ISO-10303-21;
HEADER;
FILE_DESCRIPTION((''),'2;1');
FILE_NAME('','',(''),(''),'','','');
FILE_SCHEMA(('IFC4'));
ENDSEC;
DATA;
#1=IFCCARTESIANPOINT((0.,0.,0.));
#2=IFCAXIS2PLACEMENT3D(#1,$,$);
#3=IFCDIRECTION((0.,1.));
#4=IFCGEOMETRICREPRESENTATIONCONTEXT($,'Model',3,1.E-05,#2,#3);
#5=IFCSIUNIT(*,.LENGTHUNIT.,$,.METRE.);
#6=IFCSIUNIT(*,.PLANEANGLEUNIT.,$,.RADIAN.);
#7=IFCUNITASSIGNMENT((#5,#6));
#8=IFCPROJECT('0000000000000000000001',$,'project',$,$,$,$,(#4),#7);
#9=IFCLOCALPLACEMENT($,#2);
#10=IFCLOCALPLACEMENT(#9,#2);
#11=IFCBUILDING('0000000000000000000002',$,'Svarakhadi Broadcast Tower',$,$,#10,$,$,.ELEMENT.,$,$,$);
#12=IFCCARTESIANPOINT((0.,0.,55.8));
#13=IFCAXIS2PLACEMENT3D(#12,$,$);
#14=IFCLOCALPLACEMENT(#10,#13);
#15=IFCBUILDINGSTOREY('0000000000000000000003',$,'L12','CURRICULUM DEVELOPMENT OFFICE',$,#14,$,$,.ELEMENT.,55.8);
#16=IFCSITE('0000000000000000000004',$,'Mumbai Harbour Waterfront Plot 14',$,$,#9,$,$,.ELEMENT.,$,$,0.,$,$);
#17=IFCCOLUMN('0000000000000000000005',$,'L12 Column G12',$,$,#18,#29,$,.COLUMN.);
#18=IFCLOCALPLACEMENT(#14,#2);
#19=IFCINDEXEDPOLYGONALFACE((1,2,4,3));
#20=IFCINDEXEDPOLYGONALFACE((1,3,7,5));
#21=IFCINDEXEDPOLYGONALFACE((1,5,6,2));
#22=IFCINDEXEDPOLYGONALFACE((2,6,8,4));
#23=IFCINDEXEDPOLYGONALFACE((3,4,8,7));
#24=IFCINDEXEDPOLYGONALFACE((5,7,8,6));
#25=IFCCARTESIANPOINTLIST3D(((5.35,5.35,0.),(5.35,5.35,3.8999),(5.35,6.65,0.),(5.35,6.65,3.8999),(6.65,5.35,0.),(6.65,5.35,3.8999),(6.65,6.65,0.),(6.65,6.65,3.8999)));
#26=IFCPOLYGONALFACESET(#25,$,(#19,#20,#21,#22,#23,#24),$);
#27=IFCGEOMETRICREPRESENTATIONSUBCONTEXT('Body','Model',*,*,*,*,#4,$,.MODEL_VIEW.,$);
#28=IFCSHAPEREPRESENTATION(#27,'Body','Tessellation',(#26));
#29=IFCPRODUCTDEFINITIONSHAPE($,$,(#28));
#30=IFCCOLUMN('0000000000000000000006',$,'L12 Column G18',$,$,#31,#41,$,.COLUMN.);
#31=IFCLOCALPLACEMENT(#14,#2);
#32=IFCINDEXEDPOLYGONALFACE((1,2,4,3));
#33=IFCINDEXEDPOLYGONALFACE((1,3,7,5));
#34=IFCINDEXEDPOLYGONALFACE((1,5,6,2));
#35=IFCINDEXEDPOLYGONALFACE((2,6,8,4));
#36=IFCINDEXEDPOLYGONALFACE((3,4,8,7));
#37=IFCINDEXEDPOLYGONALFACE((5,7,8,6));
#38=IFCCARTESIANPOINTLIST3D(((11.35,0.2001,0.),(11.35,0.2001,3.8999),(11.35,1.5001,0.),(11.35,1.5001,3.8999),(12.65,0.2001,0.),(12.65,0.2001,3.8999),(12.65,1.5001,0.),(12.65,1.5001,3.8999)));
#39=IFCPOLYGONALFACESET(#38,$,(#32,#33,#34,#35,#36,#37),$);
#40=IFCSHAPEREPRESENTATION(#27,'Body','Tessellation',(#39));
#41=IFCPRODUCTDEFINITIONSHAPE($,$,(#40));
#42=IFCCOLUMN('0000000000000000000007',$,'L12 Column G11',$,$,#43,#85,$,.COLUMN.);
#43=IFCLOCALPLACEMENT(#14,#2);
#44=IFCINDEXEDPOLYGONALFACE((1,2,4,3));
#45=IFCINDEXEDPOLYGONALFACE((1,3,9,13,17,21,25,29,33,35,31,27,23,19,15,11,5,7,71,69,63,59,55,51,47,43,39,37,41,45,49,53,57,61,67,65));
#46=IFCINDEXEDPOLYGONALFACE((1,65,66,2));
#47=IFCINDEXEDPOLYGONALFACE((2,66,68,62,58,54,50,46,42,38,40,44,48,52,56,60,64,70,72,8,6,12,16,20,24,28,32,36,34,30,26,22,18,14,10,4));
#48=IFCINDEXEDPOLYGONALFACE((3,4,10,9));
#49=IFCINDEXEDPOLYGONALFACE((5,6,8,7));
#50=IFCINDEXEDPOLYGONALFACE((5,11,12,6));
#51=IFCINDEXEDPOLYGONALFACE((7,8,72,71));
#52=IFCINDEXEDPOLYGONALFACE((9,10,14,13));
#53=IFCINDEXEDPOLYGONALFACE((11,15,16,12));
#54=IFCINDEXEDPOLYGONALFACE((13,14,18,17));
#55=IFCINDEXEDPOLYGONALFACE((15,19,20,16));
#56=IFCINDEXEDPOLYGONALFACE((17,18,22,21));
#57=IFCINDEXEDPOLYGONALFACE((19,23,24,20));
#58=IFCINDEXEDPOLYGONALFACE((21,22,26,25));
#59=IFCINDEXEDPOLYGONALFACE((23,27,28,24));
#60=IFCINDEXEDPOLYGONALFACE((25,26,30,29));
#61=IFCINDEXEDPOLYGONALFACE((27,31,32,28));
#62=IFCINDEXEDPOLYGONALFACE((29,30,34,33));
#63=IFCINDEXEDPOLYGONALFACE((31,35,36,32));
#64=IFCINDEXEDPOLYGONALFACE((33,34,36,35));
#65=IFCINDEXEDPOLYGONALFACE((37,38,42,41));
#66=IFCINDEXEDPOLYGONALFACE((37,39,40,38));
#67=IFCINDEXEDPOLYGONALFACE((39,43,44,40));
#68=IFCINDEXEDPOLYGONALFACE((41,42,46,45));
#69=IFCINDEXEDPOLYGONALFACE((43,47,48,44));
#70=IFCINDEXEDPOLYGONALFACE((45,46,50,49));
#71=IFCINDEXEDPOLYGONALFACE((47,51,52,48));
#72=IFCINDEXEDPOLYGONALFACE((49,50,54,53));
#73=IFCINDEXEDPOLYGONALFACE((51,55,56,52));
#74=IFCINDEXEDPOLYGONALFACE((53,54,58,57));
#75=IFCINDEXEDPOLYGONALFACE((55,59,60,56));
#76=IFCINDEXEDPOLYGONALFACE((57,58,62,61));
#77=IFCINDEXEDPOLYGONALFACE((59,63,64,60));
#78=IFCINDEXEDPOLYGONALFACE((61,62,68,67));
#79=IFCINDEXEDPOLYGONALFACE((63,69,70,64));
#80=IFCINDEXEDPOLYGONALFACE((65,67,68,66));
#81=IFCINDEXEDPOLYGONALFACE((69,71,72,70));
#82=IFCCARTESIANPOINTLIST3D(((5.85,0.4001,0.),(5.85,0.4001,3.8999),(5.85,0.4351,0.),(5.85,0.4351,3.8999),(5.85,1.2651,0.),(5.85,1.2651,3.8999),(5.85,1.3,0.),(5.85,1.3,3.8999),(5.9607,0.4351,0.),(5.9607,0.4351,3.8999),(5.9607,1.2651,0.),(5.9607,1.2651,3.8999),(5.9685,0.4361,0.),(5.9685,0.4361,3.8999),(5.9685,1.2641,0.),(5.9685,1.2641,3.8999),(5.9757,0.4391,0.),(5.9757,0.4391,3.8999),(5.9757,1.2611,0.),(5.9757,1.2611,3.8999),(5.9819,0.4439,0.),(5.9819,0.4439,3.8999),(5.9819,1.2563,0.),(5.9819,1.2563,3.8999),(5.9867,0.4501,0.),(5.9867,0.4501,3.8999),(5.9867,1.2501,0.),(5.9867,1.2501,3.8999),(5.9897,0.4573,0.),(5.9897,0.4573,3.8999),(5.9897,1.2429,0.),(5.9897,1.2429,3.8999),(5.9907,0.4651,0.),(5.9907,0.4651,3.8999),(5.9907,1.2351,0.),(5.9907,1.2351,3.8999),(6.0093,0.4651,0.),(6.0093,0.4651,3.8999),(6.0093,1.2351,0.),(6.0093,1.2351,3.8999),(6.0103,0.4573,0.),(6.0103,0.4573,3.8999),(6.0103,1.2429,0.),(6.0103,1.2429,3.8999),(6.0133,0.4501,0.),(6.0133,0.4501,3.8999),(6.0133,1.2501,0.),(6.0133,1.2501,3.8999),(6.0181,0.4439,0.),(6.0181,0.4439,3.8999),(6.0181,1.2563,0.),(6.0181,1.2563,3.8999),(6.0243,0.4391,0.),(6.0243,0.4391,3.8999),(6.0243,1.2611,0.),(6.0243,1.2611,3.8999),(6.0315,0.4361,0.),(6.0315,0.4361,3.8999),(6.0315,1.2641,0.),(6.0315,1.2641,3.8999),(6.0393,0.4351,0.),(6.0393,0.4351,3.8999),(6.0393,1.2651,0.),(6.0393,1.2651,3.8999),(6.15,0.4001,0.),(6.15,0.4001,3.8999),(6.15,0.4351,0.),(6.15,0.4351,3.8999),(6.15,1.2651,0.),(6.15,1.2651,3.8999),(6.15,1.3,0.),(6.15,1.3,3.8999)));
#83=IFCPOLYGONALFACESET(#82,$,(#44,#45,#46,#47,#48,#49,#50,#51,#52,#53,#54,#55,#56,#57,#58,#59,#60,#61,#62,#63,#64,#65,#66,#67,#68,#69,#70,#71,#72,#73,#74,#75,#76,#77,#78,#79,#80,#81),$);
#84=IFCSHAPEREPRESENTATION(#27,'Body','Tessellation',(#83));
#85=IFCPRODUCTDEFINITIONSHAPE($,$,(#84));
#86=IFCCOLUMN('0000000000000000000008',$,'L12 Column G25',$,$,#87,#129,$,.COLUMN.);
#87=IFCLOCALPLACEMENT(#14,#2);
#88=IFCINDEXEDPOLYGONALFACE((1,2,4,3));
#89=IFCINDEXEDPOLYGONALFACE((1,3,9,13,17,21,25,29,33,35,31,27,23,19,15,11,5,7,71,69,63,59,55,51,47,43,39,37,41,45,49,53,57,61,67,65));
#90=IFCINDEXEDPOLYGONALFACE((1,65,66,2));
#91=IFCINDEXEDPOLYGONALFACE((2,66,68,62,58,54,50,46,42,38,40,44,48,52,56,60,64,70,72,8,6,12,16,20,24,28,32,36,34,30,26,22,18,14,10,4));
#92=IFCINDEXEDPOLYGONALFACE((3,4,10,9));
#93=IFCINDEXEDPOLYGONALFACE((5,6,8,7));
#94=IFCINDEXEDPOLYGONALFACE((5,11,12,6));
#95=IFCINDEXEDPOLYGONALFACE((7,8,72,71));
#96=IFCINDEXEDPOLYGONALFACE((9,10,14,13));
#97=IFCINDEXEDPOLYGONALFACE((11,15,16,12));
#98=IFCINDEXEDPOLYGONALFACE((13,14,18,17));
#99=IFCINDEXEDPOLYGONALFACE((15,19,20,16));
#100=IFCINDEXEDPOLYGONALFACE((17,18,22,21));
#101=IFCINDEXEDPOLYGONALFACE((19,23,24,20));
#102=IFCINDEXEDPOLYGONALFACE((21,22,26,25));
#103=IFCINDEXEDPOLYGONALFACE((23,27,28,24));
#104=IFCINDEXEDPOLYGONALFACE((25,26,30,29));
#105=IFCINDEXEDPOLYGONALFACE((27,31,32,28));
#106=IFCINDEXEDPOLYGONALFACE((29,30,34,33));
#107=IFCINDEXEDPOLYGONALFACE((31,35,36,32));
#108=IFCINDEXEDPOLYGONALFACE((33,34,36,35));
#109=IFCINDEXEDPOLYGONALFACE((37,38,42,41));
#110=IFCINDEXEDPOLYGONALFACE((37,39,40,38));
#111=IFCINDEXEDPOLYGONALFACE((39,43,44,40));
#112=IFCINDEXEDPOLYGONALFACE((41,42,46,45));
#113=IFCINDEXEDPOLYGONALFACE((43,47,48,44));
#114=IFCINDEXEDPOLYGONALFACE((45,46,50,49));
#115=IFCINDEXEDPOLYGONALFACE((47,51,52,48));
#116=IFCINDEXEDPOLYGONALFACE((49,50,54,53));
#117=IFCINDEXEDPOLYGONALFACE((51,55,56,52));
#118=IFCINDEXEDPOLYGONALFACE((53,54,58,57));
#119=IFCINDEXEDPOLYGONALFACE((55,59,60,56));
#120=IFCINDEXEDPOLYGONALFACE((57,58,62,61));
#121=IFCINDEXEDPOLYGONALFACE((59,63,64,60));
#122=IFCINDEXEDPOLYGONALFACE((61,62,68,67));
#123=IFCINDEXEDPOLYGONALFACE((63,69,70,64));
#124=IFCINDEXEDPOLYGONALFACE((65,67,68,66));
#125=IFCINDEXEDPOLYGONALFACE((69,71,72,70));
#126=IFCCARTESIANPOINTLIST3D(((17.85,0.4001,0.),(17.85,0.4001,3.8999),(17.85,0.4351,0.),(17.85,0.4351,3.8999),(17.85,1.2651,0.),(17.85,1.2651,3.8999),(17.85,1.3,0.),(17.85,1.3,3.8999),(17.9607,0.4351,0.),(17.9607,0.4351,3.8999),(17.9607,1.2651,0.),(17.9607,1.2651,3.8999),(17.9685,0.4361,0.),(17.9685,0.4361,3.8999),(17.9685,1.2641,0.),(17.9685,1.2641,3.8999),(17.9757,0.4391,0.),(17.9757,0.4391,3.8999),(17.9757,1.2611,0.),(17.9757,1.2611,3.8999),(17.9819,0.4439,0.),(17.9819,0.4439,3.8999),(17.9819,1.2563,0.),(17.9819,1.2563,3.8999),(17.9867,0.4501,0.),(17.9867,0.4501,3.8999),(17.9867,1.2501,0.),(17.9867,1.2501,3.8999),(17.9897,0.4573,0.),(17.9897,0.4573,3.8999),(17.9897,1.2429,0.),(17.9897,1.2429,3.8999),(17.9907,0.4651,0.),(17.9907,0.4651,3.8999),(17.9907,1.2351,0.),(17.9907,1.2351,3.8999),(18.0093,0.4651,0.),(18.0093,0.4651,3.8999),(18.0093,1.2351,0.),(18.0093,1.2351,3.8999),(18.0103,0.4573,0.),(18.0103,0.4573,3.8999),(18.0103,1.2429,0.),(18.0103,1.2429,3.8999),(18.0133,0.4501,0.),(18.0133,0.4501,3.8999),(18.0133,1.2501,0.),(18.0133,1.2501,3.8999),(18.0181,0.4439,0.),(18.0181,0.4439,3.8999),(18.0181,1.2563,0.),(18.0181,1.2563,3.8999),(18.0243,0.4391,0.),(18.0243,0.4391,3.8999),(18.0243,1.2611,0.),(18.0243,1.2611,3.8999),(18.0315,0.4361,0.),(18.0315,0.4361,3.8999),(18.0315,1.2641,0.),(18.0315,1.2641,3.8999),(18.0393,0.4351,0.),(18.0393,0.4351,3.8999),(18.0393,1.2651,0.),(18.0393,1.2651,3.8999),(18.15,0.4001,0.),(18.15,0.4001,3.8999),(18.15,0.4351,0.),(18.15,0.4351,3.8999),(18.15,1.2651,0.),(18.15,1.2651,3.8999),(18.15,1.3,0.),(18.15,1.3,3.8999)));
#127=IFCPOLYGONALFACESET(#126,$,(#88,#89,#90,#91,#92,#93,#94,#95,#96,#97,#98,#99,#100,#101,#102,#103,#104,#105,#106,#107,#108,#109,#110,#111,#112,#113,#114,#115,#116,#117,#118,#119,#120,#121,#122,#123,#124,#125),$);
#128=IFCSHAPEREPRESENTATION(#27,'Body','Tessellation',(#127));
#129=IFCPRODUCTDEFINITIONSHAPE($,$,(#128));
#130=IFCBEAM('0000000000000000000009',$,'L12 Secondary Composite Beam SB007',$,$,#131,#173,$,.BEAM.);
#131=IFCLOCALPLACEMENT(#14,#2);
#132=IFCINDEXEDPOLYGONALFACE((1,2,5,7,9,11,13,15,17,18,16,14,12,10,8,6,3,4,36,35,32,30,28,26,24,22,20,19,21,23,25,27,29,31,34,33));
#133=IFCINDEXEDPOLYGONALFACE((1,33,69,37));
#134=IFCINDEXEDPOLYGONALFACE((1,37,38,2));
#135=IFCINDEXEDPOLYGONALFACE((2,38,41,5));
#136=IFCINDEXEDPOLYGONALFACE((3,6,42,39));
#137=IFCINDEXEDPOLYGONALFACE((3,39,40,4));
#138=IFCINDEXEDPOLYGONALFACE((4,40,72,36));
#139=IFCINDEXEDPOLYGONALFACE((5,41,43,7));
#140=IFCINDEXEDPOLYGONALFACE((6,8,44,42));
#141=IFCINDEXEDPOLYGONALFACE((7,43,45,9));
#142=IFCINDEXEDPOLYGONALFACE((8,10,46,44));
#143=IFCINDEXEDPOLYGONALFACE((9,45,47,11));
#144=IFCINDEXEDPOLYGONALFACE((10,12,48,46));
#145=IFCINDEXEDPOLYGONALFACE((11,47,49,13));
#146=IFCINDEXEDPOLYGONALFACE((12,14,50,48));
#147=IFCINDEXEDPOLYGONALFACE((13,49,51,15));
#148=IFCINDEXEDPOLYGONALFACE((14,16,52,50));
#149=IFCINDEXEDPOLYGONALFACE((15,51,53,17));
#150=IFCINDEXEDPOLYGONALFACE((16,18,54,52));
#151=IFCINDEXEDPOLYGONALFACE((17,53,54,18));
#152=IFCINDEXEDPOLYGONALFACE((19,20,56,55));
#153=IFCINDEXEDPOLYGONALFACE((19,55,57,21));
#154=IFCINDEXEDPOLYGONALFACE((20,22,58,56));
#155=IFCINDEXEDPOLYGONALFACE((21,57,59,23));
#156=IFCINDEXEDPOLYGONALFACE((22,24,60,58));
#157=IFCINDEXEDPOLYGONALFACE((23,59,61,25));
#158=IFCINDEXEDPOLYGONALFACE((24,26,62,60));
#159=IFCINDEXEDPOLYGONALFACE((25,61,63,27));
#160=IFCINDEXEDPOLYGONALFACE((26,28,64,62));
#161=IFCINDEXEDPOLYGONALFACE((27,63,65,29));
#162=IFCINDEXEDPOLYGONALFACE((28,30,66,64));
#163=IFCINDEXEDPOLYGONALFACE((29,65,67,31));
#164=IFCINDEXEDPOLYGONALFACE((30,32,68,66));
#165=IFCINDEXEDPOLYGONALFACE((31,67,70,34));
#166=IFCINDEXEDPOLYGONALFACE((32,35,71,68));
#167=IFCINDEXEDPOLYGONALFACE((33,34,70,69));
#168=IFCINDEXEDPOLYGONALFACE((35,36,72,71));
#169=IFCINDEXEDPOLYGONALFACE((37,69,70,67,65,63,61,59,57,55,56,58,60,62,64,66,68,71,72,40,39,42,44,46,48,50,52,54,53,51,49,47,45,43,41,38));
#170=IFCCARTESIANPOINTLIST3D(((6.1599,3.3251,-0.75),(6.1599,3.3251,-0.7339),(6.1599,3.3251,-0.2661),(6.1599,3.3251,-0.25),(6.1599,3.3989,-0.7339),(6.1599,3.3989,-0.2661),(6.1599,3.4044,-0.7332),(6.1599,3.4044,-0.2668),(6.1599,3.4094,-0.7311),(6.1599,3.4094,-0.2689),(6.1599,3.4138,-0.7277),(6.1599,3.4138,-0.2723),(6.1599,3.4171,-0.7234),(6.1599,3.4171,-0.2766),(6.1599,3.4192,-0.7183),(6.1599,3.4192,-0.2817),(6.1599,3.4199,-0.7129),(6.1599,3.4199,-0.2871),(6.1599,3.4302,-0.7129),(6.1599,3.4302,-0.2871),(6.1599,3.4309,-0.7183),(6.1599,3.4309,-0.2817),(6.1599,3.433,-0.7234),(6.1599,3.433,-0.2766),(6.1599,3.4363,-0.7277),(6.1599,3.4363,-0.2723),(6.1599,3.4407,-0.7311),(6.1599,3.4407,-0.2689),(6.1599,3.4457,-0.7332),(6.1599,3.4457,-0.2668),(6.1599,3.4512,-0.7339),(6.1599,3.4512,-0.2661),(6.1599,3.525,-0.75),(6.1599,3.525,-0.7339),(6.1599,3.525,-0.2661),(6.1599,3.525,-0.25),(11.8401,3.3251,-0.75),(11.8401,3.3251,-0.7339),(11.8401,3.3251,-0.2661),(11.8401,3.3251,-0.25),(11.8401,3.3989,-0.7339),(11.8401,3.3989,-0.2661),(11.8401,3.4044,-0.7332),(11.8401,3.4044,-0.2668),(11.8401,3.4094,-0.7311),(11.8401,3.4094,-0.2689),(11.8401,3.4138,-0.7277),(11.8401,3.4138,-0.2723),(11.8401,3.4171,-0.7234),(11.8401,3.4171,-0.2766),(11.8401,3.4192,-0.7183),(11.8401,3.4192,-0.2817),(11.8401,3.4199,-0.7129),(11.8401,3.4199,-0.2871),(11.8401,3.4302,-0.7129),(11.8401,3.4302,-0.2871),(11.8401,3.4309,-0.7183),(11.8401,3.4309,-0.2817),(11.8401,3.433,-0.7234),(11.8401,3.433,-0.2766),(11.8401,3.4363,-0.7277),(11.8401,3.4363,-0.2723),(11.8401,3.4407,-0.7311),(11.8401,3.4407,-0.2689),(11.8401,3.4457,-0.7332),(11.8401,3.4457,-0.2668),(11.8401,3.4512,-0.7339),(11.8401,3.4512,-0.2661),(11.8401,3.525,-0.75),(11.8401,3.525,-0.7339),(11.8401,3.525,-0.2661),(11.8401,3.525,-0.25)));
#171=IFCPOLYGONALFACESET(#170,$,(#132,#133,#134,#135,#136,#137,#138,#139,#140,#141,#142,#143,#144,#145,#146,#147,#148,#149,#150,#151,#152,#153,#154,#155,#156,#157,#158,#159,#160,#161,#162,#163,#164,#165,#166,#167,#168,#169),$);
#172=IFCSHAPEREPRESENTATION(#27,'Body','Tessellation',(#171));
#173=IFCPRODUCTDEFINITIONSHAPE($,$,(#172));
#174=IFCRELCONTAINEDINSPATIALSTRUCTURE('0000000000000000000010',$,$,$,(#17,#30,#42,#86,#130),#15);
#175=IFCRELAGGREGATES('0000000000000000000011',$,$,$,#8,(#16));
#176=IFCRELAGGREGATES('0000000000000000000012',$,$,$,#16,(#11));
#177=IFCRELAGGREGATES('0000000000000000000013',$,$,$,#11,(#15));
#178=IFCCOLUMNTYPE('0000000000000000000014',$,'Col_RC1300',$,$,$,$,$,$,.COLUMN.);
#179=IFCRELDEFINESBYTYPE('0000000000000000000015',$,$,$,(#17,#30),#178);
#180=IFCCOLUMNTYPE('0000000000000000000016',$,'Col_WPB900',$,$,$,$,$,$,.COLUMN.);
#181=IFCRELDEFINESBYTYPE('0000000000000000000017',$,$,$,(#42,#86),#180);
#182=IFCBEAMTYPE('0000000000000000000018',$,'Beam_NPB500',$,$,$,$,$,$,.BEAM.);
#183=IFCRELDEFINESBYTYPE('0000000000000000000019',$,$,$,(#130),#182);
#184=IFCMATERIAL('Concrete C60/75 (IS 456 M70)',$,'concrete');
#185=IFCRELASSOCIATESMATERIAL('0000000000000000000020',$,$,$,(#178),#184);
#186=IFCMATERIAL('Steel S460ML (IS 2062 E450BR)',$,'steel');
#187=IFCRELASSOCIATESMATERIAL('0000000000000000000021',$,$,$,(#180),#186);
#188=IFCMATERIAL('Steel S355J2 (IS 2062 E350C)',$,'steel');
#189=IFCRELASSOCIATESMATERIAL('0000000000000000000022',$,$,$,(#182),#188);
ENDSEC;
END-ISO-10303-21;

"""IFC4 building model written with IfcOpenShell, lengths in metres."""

from ifc_helpers import new_model, si_unit, direction, frame, origin, origin_2d, place, context, subcontext, project, spatial, rectangle, i_section, extrude, material, material_profile, profile_set, type_object, element, save


model = new_model("IFC4")

# Units and contexts
model_context = context("Model", 3, precision=1e-05, world=origin(), true_north=direction((0.0, 1.0)))
body_context = subcontext(model_context, "Body", "Model", "MODEL_VIEW")
ifc_project = project(units=[si_unit("LENGTHUNIT", "METRE"), si_unit("PLANEANGLEUNIT", "RADIAN")], contexts=[model_context])

# Site, building, storey
site_placement = place(None, origin())
site = spatial("IfcSite", under=ifc_project, at=site_placement, Name="Mumbai Harbour Waterfront Plot 14", CompositionType="ELEMENT", RefElevation=0.0)
building_placement = place(site_placement, origin())
building = spatial("IfcBuilding", under=site, at=building_placement, Name="Svarakhadi Broadcast Tower", CompositionType="ELEMENT")
storey_placement = place(building_placement, frame((0.0, 0.0, 55.8)))
storey = spatial("IfcBuildingStorey", under=building, at=storey_placement, Name="L12", Description="CURRICULUM DEVELOPMENT OFFICE", CompositionType="ELEMENT", Elevation=55.8)

# Columns
ifc_material_1 = material(Name="Concrete C60/75 (IS 456 M70)", Category="concrete")
ifc_material_profile_1 = material_profile(ifc_material_1, rectangle(XDim=1.3, YDim=1.3, at=origin_2d()), Name="RC 1300x1300")
ifc_profile_set_1 = profile_set([ifc_material_profile_1], Name="Concrete C60/75 (IS 456 M70)")
column_type_1 = type_object("IfcColumnType", Name="Col_RC1300", PredefinedType="COLUMN", material=ifc_profile_set_1)
for number, where, z_axis, x_axis, name in (
    (1, (6.0, 6.0, 0.0), (0.0, 0.0, 1.0), (1.0, 0.0, 0.0), "L12 Column G12"),
    (2, (12.0, 0.8501, 0.0), (0.0, 0.0, 1.0), (1.0, 0.0, 0.0), "L12 Column G18"),
):
    element("IfcColumn", number, at=place(storey_placement, frame(where, z_axis=z_axis, x_axis=x_axis)), inside=storey, type_object=column_type_1, Name=name, PredefinedType="COLUMN", context=body_context, shape_type="SweptSolid", body=[
        extrude(rectangle(XDim=1.3, YDim=1.3, at=origin_2d()), origin(), (0.0, 0.0, 1.0), 3.8999),
    ])
ifc_material_2 = material(Name="Steel S460ML (IS 2062 E450BR)", Category="steel")
ifc_material_profile_2 = material_profile(ifc_material_2, i_section(OverallWidth=0.3, OverallDepth=0.8999, WebThickness=0.0186, FlangeThickness=0.0349, FilletRadius=0.03, at=origin_2d()), Name="WPB 900x300x291")
ifc_profile_set_2 = profile_set([ifc_material_profile_2], Name="Steel S460ML (IS 2062 E450BR)")
column_type_2 = type_object("IfcColumnType", Name="Col_WPB900", PredefinedType="COLUMN", material=ifc_profile_set_2)
for number, where, z_axis, x_axis, name in (
    (3, (6.0, 0.8501, 0.0), (0.0, 0.0, 1.0), (1.0, 0.0, 0.0), "L12 Column G11"),
    (4, (18.0, 0.8501, 0.0), (0.0, 0.0, 1.0), (1.0, 0.0, 0.0), "L12 Column G25"),
):
    element("IfcColumn", number, at=place(storey_placement, frame(where, z_axis=z_axis, x_axis=x_axis)), inside=storey, type_object=column_type_2, Name=name, PredefinedType="COLUMN", context=body_context, shape_type="SweptSolid", body=[
        extrude(i_section(OverallWidth=0.3, OverallDepth=0.8999, WebThickness=0.0186, FlangeThickness=0.0349, FilletRadius=0.03, at=origin_2d()), origin(), (0.0, 0.0, 1.0), 3.8999),
    ])

# Beam
ifc_material_3 = material(Name="Steel S355J2 (IS 2062 E350C)", Category="steel")
ifc_material_profile_3 = material_profile(ifc_material_3, i_section(OverallWidth=0.2, OverallDepth=0.5, WebThickness=0.0103, FlangeThickness=0.0161, FilletRadius=0.021, at=origin_2d()), Name="NPB 500x200x91")
ifc_profile_set_3 = profile_set([ifc_material_profile_3], Name="Steel S355J2 (IS 2062 E350C)")
beam_type_1 = type_object("IfcBeamType", Name="Beam_NPB500", PredefinedType="BEAM", material=ifc_profile_set_3)
for number, where, z_axis, x_axis, name in (
    (5, (6.1599, 3.425, -0.5), (1.0, 0.0, 0.0), (0.0, 1.0, 0.0), "L12 Secondary Composite Beam SB007"),
):
    element("IfcBeam", number, at=place(storey_placement, frame(where, z_axis=z_axis, x_axis=x_axis)), inside=storey, type_object=beam_type_1, Name=name, PredefinedType="BEAM", context=body_context, shape_type="SweptSolid", body=[
        extrude(i_section(OverallWidth=0.2, OverallDepth=0.5, WebThickness=0.0103, FlangeThickness=0.0161, FilletRadius=0.021, at=origin_2d()), origin(), (0.0, 0.0, 1.0), 5.6802),
    ])

save(model, "model.ifc")
